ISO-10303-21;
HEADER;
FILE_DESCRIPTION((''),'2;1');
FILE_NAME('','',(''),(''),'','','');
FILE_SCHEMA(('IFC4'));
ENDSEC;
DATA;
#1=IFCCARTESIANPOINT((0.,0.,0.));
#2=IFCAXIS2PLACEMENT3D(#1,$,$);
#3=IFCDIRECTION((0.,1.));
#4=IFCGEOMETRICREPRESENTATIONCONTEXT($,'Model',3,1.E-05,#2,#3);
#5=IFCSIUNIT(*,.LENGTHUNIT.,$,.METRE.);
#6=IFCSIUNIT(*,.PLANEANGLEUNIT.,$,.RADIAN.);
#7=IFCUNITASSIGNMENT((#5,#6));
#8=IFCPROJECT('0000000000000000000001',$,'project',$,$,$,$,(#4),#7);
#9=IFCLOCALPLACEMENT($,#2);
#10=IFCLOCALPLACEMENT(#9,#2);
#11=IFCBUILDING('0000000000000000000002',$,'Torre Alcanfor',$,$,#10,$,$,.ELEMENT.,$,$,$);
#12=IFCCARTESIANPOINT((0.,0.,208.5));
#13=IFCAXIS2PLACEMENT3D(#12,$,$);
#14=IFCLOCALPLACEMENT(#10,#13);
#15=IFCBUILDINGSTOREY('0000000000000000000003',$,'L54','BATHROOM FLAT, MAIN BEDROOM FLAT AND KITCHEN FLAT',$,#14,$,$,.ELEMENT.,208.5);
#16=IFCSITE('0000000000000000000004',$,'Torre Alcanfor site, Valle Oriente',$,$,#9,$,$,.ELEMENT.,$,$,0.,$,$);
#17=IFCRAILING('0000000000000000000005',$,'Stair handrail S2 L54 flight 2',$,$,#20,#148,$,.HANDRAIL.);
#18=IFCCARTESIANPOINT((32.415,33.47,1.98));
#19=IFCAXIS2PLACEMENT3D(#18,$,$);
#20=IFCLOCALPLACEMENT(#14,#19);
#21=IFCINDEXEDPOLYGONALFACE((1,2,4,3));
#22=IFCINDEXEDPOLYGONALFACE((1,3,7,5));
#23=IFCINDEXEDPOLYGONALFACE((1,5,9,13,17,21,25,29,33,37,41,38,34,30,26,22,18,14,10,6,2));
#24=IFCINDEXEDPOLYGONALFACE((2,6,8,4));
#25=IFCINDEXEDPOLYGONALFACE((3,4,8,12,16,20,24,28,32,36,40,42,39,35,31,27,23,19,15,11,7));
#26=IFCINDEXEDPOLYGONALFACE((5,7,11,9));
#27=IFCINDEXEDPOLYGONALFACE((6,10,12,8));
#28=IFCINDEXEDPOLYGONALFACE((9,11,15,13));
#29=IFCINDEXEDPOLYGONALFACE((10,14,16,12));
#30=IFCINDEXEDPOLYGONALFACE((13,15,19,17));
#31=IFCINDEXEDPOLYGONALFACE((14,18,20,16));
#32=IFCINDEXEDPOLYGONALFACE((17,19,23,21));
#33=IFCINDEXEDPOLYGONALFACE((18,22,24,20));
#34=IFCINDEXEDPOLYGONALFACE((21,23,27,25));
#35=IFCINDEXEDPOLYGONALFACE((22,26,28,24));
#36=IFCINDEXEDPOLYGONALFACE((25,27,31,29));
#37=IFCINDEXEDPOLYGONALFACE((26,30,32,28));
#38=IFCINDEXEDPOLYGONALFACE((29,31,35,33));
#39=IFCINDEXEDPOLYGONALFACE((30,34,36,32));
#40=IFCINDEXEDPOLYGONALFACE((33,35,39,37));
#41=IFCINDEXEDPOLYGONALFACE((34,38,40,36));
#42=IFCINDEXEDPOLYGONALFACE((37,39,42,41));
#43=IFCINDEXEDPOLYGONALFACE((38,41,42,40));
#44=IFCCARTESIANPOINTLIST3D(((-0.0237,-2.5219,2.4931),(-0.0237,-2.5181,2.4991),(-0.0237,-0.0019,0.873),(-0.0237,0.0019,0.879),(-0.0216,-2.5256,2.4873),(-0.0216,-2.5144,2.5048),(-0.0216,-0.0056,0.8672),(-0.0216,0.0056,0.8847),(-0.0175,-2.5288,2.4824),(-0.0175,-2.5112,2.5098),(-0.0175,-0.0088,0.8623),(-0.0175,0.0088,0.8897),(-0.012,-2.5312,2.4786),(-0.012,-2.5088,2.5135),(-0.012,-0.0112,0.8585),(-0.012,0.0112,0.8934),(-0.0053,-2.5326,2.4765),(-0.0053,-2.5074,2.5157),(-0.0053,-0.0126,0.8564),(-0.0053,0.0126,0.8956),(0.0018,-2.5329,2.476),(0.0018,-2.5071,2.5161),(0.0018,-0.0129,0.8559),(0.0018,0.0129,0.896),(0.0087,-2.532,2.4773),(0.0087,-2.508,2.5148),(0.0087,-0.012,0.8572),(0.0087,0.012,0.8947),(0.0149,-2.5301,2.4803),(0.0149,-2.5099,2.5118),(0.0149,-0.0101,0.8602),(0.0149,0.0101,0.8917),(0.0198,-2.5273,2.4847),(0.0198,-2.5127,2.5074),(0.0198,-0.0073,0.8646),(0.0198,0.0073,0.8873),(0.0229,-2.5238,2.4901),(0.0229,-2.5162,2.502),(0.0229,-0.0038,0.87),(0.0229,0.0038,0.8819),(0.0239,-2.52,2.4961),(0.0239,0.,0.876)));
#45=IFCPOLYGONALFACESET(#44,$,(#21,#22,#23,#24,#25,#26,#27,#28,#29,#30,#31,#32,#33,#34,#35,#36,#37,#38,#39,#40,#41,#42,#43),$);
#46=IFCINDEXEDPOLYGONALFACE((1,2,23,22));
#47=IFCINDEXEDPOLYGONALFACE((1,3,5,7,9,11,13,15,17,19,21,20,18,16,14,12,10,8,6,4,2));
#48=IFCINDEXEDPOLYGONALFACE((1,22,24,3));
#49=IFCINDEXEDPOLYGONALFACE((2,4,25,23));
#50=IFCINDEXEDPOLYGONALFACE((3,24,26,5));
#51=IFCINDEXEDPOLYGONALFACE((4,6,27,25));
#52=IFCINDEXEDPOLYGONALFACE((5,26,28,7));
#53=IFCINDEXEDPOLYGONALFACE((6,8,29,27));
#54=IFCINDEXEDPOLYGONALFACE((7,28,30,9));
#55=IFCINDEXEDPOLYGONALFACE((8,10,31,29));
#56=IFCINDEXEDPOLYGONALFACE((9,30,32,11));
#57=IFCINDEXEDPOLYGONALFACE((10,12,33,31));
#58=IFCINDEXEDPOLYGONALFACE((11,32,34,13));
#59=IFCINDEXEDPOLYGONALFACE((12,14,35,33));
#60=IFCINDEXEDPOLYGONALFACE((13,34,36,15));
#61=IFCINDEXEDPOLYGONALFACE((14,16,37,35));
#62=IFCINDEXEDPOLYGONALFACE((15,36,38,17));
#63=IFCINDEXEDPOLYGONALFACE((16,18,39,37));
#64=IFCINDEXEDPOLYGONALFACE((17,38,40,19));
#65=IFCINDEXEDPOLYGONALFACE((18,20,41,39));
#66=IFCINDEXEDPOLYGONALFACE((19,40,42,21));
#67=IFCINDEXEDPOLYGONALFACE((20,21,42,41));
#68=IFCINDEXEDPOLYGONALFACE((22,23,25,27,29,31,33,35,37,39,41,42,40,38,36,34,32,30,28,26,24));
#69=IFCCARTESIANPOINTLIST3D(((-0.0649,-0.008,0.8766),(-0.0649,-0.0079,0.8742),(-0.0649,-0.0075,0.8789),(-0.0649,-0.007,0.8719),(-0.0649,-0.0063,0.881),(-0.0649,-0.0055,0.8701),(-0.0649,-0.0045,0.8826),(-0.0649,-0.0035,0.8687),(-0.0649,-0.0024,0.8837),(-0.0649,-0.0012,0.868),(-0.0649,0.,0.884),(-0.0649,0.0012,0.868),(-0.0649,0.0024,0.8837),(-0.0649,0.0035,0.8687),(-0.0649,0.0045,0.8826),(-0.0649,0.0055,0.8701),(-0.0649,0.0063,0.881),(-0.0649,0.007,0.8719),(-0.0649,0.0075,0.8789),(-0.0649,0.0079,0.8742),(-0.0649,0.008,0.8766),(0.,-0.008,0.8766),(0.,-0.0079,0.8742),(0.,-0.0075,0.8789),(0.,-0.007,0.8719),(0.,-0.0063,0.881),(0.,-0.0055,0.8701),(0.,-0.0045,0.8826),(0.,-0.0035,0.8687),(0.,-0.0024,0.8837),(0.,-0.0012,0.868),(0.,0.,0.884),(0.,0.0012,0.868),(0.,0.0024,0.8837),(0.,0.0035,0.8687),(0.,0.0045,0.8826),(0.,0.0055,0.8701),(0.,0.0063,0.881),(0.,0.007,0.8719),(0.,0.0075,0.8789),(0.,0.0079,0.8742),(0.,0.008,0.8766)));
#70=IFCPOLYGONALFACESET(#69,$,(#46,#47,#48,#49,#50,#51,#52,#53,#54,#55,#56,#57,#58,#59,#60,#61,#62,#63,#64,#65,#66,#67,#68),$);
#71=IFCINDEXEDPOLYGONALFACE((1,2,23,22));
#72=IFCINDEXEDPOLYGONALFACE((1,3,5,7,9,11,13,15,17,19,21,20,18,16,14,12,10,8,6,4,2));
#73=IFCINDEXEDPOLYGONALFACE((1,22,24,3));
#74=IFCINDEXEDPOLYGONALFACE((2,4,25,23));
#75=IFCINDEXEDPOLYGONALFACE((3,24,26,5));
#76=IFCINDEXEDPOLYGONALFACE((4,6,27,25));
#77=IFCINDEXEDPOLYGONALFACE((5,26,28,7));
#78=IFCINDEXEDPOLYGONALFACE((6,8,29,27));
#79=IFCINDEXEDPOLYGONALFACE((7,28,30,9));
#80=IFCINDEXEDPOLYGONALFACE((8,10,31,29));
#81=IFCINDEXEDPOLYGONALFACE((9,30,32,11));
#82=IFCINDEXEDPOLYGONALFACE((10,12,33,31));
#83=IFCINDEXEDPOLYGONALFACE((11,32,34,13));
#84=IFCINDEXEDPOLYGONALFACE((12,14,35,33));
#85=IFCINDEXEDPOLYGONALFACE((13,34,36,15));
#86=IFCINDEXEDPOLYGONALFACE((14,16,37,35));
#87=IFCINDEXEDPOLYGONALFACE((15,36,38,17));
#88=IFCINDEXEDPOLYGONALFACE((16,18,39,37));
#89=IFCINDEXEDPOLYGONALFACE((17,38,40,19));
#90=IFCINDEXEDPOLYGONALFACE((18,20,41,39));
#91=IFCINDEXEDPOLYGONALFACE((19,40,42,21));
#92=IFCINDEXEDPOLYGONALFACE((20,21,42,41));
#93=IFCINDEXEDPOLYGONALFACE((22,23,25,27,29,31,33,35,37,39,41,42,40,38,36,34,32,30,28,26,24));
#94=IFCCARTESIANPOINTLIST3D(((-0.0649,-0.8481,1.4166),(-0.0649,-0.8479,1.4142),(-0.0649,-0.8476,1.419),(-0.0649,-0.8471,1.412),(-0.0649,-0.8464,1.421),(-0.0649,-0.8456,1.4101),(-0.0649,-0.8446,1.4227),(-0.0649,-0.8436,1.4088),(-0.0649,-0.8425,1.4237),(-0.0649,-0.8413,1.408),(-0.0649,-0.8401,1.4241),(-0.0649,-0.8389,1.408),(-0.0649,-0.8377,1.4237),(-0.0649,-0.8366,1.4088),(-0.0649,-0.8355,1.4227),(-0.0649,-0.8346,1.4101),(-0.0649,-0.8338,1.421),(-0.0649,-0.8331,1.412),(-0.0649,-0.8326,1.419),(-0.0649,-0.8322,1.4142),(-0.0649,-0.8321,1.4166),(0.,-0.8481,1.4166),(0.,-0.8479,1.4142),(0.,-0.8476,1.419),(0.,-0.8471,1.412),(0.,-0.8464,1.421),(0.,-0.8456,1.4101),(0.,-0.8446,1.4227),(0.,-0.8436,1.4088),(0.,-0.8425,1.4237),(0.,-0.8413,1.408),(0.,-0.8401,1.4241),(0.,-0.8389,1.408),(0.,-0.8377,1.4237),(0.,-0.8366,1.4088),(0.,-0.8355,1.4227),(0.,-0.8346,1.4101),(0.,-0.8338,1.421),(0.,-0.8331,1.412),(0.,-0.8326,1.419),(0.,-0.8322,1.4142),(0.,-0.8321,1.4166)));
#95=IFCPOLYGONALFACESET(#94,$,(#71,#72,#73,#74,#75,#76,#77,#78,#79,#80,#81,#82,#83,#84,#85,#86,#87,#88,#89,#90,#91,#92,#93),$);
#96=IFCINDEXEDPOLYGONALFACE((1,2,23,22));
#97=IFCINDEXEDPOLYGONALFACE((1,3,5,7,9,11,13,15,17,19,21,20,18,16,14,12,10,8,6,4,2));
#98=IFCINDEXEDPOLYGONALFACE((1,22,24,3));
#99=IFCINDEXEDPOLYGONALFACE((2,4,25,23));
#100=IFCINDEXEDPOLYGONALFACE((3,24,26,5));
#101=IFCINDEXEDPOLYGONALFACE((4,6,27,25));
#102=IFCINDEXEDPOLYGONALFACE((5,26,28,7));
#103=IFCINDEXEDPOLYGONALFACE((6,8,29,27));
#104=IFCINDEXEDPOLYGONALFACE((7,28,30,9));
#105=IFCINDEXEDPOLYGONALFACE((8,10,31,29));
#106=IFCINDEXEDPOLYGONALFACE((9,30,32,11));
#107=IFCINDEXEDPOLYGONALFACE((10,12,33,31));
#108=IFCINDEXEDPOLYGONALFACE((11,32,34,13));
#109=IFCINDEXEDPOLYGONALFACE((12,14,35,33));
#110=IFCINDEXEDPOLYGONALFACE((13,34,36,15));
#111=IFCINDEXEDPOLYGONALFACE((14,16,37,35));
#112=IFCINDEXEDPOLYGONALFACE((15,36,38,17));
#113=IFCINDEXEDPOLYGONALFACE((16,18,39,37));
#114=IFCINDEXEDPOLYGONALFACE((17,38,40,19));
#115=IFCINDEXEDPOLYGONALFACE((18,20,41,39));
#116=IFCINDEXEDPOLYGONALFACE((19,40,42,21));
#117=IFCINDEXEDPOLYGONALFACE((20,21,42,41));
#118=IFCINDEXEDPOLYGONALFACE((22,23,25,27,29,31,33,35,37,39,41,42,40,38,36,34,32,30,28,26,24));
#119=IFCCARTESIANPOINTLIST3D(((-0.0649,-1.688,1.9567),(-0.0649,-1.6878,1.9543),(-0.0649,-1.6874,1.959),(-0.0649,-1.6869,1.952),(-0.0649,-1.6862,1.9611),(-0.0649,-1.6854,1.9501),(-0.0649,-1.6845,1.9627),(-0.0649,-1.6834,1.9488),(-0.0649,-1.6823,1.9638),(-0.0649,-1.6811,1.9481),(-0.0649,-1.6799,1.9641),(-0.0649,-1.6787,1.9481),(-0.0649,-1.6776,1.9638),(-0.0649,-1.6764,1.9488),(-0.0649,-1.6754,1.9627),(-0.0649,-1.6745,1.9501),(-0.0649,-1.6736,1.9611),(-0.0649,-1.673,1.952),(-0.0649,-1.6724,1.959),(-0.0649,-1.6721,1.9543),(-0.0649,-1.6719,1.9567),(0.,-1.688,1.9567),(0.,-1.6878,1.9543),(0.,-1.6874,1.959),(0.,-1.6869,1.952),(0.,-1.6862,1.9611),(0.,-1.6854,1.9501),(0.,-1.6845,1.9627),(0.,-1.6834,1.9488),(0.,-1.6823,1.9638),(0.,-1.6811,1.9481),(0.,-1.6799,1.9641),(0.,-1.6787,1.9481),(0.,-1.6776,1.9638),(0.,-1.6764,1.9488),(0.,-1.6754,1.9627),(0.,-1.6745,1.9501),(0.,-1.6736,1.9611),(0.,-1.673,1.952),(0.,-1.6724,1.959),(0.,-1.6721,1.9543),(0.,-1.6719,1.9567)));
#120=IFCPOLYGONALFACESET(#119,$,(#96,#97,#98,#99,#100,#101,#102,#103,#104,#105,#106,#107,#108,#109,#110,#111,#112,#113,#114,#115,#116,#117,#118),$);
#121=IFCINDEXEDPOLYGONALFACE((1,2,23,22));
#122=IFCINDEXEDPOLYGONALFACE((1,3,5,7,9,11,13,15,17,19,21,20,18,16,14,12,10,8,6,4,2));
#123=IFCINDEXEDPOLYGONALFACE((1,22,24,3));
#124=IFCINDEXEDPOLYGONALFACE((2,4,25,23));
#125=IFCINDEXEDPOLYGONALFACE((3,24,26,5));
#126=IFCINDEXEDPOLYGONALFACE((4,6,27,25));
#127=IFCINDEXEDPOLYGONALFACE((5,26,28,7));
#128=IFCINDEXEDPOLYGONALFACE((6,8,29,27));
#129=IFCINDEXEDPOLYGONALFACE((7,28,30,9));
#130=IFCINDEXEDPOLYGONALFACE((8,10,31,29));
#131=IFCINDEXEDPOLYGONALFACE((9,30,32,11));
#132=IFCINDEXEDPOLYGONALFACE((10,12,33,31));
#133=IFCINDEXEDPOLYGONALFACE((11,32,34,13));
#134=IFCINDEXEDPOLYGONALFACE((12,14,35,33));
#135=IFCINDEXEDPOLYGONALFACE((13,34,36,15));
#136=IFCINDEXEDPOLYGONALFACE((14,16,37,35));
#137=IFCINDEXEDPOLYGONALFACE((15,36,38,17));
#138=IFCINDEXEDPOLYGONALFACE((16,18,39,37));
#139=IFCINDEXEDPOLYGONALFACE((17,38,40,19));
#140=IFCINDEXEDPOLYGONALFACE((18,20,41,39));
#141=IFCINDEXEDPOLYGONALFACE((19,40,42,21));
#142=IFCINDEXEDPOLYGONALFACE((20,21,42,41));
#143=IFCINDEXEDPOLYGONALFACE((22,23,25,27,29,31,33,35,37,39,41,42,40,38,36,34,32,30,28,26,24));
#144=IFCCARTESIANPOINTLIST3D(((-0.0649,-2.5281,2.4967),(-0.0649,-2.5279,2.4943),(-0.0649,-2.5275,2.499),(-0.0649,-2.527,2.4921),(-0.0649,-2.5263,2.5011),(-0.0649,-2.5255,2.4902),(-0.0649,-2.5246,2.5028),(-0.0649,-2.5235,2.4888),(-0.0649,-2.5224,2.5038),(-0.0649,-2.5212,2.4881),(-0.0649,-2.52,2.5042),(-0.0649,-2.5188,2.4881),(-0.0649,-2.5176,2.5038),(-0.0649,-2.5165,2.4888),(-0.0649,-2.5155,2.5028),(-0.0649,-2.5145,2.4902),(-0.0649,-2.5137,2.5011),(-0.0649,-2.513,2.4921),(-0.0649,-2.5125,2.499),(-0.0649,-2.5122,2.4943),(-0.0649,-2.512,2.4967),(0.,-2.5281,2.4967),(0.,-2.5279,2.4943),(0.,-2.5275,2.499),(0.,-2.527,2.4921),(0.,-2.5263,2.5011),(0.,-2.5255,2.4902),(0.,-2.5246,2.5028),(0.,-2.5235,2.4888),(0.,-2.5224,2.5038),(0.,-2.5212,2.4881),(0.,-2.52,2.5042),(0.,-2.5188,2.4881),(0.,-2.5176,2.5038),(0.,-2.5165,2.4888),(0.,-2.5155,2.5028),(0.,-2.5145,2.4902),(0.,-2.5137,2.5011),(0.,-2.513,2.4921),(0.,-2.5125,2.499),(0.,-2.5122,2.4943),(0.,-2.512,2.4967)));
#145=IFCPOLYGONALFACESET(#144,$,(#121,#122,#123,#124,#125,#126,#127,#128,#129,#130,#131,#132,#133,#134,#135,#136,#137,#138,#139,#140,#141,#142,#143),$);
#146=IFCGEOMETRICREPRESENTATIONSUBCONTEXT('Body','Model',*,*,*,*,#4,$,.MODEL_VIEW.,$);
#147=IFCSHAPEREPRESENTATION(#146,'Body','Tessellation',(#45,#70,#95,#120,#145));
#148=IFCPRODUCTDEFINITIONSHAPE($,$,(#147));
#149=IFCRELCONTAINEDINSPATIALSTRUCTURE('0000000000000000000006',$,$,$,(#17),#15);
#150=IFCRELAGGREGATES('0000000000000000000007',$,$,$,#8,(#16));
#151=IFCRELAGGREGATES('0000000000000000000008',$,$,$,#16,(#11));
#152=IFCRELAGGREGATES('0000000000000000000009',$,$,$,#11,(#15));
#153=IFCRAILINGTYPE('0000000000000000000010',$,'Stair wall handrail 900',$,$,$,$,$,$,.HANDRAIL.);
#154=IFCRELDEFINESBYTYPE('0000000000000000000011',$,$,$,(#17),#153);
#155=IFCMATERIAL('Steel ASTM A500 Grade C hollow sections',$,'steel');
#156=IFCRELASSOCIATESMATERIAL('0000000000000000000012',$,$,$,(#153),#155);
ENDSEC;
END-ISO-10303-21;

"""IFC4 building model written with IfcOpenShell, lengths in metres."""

from ifc_helpers import new_model, si_unit, direction, frame, origin, origin_2d, place, context, subcontext, project, spatial, circle, extrude, material, type_object, element, save


model = new_model("IFC4")

# Units and contexts
model_context = context("Model", 3, precision=1e-05, world=origin(), true_north=direction((0.0, 1.0)))
body_context = subcontext(model_context, "Body", "Model", "MODEL_VIEW")
ifc_project = project(units=[si_unit("LENGTHUNIT", "METRE"), si_unit("PLANEANGLEUNIT", "RADIAN")], contexts=[model_context])

# Site, building, storey
site_placement = place(None, origin())
site = spatial("IfcSite", under=ifc_project, at=site_placement, Name="Torre Alcanfor site, Valle Oriente", CompositionType="ELEMENT", RefElevation=0.0)
building_placement = place(site_placement, origin())
building = spatial("IfcBuilding", under=site, at=building_placement, Name="Torre Alcanfor", CompositionType="ELEMENT")
storey_placement = place(building_placement, frame((0.0, 0.0, 208.5)))
storey = spatial("IfcBuildingStorey", under=building, at=storey_placement, Name="L54", Description="BATHROOM FLAT, MAIN BEDROOM FLAT AND KITCHEN FLAT", CompositionType="ELEMENT", Elevation=208.5)

# Railing
ifc_material_1 = material(Name="Steel ASTM A500 Grade C hollow sections", Category="steel")
railing_type_1 = type_object("IfcRailingType", Name="Stair wall handrail 900", PredefinedType="HANDRAIL", material=ifc_material_1)
railing_1_placement = place(storey_placement, frame((32.415, 33.47, 1.98)))
element("IfcRailing", 1, at=railing_1_placement, inside=storey, type_object=railing_type_1, Name="Stair handrail S2 L54 flight 2", PredefinedType="HANDRAIL", context=body_context, shape_type="SweptSolid", body=[
    extrude(circle(Radius=0.0239, at=origin_2d()), frame((0.0, 0.0, 0.876), z_axis=(0.0, -0.841163, 0.540782), x_axis=(1.0, 0.0, 0.0)), (0.0, 0.0, 1.0), 2.9958),
    extrude(circle(Radius=0.0081, at=origin_2d()), frame((0.0, 0.0, 0.876), z_axis=(-1.0, 0.0, 0.0), x_axis=(0.0, 0.0, 1.0)), (0.0, 0.0, 1.0), 0.0649),
    extrude(circle(Radius=0.0081, at=origin_2d()), frame((0.0, -0.8401, 1.416), z_axis=(-1.0, 0.0, 0.0), x_axis=(0.0, 0.0, 1.0)), (0.0, 0.0, 1.0), 0.0649),
    extrude(circle(Radius=0.0081, at=origin_2d()), frame((0.0, -1.6799, 1.9561), z_axis=(-1.0, 0.0, 0.0), x_axis=(0.0, 0.0, 1.0)), (0.0, 0.0, 1.0), 0.0649),
    extrude(circle(Radius=0.0081, at=origin_2d()), frame((0.0, -2.52, 2.4961), z_axis=(-1.0, 0.0, 0.0), x_axis=(0.0, 0.0, 1.0)), (0.0, 0.0, 1.0), 0.0649),
])

save(model, "model.ifc")
